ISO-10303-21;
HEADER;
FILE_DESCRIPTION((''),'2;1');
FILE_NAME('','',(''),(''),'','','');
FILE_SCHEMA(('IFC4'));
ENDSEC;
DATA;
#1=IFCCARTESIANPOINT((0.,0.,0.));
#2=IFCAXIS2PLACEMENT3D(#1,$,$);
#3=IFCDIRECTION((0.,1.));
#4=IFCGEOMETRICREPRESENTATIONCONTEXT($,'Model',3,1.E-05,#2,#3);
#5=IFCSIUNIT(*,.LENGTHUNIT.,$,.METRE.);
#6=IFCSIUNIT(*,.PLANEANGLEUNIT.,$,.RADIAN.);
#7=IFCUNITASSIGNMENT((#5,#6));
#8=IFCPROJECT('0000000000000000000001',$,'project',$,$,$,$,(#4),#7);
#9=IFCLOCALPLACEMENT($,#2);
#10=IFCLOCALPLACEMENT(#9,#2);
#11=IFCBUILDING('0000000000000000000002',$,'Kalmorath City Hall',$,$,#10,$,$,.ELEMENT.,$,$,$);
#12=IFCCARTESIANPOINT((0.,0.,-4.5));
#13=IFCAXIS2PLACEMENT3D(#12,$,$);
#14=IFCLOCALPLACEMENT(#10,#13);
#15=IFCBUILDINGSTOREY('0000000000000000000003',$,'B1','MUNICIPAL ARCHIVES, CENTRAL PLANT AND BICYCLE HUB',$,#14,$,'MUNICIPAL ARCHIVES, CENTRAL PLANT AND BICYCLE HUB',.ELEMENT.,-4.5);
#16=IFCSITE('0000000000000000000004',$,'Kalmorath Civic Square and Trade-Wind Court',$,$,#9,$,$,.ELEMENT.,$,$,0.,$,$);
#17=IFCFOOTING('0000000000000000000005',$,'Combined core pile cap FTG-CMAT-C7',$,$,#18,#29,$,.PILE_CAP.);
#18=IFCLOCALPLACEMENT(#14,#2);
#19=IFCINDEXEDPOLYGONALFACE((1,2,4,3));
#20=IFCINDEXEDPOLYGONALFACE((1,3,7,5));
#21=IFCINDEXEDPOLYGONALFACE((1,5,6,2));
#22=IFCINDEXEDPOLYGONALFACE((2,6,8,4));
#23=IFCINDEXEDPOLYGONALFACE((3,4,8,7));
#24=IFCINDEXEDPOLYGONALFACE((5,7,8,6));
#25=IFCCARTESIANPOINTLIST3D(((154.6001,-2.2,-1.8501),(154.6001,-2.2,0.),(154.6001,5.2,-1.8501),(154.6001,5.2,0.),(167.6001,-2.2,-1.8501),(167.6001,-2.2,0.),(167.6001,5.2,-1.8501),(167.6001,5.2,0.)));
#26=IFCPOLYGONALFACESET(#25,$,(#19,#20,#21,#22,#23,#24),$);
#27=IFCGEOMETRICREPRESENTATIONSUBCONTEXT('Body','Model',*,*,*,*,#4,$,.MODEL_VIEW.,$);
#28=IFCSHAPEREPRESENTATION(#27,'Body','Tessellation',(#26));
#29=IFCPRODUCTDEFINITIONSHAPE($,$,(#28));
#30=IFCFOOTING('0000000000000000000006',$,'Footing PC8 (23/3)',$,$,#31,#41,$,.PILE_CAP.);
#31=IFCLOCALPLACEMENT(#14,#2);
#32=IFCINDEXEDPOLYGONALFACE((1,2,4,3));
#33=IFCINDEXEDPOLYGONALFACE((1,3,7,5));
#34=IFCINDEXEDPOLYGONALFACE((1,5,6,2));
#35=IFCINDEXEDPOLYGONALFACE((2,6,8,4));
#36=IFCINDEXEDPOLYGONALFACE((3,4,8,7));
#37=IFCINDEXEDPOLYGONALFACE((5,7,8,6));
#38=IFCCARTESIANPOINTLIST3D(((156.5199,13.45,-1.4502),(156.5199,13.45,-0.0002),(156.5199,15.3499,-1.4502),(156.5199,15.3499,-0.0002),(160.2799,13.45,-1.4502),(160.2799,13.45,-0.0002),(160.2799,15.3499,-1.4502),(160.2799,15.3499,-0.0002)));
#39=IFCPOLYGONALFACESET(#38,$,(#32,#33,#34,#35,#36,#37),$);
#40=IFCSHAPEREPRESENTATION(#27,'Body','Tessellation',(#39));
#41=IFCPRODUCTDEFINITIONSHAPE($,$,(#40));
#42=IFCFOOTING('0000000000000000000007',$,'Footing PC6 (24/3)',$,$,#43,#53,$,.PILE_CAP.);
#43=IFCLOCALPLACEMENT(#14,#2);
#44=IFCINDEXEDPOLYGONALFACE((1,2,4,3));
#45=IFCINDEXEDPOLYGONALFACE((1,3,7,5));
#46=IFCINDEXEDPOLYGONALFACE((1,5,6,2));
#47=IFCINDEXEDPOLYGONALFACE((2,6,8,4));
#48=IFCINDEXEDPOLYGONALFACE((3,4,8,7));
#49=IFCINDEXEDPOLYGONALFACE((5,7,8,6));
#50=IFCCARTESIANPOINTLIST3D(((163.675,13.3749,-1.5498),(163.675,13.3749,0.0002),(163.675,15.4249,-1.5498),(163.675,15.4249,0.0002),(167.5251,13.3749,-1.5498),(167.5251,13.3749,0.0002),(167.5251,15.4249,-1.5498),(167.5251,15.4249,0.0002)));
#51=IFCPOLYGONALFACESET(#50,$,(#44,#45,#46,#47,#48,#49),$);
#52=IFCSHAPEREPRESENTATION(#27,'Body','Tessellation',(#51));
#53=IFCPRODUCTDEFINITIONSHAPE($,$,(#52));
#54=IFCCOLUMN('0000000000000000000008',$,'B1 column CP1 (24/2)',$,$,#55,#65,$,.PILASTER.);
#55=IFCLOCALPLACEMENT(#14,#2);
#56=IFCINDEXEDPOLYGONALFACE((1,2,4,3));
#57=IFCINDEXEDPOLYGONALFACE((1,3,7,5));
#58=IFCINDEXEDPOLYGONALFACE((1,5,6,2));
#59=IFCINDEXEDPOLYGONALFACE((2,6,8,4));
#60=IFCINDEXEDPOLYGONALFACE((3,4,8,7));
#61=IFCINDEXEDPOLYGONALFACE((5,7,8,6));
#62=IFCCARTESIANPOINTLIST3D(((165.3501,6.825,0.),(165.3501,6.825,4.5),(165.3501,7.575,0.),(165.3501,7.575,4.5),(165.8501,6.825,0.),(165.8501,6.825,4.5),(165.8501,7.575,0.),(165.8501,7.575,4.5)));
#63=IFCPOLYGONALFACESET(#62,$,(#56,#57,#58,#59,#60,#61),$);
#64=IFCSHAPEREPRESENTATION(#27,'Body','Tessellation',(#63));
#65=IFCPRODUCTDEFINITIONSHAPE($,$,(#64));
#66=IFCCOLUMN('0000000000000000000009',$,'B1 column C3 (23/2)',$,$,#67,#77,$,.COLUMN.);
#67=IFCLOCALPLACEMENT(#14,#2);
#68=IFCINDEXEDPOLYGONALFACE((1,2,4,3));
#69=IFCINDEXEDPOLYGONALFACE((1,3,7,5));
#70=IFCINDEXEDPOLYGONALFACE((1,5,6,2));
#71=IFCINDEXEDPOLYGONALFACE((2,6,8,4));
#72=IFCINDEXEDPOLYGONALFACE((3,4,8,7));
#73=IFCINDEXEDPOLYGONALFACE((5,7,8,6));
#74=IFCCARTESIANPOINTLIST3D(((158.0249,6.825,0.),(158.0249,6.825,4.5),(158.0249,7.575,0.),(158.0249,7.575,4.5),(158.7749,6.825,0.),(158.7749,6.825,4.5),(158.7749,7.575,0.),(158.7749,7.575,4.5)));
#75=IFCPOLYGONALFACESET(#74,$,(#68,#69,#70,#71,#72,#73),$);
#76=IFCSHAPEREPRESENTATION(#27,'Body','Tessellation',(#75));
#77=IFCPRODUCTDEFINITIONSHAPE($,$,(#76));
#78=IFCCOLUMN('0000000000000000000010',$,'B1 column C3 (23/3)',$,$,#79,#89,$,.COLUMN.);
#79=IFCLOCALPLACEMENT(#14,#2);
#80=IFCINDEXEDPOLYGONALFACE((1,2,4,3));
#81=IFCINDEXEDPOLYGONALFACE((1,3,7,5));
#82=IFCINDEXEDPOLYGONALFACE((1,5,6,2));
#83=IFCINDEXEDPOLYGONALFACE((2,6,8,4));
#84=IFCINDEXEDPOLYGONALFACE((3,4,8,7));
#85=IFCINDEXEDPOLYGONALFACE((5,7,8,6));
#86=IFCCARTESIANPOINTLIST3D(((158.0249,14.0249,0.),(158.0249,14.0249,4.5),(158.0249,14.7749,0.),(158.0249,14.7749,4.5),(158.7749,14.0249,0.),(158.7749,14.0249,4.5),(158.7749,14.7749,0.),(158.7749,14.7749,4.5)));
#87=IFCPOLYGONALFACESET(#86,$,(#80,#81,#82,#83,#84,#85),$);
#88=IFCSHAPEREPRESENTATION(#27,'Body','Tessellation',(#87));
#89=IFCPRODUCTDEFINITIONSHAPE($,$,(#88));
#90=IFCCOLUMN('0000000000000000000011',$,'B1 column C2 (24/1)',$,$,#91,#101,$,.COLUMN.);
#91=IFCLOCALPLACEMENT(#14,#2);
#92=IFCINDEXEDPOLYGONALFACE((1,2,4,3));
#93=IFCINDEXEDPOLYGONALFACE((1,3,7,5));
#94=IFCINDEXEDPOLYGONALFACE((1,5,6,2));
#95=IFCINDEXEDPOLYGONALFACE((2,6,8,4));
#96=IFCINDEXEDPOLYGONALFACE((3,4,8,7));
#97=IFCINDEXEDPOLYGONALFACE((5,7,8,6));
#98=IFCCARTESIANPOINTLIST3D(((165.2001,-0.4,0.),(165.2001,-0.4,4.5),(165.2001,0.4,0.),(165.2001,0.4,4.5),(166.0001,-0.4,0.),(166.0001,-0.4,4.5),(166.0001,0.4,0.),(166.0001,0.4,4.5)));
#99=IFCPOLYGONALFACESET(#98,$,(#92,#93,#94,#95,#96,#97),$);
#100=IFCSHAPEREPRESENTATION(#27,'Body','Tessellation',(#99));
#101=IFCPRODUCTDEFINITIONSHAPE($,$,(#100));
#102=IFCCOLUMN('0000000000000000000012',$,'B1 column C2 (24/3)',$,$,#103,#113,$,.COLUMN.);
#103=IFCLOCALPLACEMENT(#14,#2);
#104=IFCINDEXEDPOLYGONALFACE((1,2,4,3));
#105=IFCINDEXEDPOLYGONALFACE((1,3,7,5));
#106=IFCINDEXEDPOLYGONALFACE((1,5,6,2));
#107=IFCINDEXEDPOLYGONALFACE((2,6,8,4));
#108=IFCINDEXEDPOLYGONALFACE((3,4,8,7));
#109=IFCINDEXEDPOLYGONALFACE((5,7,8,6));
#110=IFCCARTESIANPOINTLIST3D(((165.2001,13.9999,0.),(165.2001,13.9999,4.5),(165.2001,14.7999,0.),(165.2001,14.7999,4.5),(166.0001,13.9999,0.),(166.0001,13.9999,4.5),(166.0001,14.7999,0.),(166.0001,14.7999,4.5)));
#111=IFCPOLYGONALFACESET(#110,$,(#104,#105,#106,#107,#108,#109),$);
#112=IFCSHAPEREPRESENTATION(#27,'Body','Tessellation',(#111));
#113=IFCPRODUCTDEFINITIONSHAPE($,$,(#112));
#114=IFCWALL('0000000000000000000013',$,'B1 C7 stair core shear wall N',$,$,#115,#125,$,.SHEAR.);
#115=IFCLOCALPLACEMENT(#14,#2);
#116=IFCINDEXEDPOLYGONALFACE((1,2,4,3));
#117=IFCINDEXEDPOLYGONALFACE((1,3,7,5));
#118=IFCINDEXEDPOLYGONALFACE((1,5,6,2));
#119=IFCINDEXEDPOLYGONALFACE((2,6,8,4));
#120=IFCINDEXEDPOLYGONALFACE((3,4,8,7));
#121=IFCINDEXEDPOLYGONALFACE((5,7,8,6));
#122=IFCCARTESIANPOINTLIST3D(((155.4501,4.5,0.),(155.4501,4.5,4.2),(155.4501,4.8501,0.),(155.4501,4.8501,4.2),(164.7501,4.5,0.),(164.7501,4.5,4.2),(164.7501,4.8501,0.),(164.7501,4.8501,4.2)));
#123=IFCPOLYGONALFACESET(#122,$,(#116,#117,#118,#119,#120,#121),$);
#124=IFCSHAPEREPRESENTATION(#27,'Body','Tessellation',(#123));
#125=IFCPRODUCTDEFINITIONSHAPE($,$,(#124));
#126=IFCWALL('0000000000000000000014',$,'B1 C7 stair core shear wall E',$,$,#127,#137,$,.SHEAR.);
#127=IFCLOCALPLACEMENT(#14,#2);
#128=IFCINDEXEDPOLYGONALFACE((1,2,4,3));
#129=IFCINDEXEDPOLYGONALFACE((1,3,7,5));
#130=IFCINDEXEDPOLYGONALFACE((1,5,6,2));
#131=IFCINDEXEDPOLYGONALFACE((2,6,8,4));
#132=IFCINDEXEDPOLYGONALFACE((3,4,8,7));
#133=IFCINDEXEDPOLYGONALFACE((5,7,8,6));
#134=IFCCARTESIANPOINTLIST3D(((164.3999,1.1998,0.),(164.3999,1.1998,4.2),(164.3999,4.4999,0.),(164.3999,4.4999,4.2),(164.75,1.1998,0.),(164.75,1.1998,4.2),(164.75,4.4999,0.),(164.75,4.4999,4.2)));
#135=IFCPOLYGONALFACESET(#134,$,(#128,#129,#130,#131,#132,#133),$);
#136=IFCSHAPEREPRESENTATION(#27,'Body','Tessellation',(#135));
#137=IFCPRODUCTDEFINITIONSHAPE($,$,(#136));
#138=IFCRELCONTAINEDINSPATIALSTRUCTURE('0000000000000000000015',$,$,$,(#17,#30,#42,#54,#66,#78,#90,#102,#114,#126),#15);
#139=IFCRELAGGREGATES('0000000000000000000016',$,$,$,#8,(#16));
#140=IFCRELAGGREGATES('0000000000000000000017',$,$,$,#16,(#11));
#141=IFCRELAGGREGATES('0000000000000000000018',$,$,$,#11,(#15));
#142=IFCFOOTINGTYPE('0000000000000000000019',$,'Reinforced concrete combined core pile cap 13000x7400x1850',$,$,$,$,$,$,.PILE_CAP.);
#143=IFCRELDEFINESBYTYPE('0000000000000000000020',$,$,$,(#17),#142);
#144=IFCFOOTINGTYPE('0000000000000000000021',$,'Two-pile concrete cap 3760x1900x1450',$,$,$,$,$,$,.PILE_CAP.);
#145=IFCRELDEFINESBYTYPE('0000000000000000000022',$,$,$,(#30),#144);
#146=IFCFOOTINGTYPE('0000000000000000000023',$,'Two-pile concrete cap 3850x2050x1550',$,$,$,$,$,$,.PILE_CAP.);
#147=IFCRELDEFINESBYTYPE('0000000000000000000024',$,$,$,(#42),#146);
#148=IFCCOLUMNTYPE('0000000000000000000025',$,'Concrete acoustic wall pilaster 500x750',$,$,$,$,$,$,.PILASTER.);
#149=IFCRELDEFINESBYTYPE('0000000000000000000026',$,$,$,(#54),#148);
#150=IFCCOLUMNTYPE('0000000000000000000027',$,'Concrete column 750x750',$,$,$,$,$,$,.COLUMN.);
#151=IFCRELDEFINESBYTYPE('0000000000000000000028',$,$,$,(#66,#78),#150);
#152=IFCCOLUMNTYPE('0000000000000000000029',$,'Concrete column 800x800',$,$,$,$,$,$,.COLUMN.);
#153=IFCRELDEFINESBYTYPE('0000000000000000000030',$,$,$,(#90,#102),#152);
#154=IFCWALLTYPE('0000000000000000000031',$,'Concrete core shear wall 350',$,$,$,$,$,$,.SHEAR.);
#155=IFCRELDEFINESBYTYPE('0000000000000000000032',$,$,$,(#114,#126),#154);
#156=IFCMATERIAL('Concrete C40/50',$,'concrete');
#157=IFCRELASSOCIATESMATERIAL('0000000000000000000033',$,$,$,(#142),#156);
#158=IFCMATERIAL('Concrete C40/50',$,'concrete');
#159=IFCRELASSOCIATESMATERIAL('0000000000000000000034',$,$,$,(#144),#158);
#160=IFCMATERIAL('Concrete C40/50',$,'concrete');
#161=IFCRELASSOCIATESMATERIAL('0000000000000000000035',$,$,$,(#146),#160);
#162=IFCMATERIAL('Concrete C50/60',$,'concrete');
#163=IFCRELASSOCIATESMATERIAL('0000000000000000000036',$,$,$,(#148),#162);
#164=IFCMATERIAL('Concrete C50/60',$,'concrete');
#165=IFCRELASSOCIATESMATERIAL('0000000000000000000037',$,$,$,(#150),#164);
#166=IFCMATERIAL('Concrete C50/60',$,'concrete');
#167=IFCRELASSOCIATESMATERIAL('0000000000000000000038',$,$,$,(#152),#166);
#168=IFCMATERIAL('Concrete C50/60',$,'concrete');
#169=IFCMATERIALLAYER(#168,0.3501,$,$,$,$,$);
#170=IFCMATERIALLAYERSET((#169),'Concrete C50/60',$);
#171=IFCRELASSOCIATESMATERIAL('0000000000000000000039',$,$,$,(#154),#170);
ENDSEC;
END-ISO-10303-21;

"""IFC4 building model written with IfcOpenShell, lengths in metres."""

from ifc_helpers import new_model, si_unit, direction, frame, frame_2d, origin, origin_2d, place, context, subcontext, project, spatial, rectangle, extrude, material, layer, layer_set, material_profile, profile_set, type_object, element, save


model = new_model("IFC4")

# Units and contexts
model_context = context("Model", 3, precision=1e-05, world=origin(), true_north=direction((0.0, 1.0)))
body_context = subcontext(model_context, "Body", "Model", "MODEL_VIEW")
ifc_project = project(units=[si_unit("LENGTHUNIT", "METRE"), si_unit("PLANEANGLEUNIT", "RADIAN")], contexts=[model_context])

# Site, building, storey
site_placement = place(None, origin())
site = spatial("IfcSite", under=ifc_project, at=site_placement, Name="Kalmorath Civic Square and Trade-Wind Court", CompositionType="ELEMENT", RefElevation=0.0)
building_placement = place(site_placement, origin())
building = spatial("IfcBuilding", under=site, at=building_placement, Name="Kalmorath City Hall", CompositionType="ELEMENT")
storey_placement = place(building_placement, frame((0.0, 0.0, -4.5)))
storey = spatial("IfcBuildingStorey", under=building, at=storey_placement, Name="B1", Description="MUNICIPAL ARCHIVES, CENTRAL PLANT AND BICYCLE HUB", LongName="MUNICIPAL ARCHIVES, CENTRAL PLANT AND BICYCLE HUB", CompositionType="ELEMENT", Elevation=-4.5)

# Footings
ifc_material_1 = material(Name="Concrete C40/50", Category="concrete")
footing_type_1 = type_object("IfcFootingType", Name="Reinforced concrete combined core pile cap 13000x7400x1850", PredefinedType="PILE_CAP", material=ifc_material_1)
footing_1_placement = place(storey_placement, frame((161.1001, 1.5, -1.8501), z_axis=(0.0, 0.0, 1.0), x_axis=(1.0, 0.0, 0.0)))
element("IfcFooting", 1, at=footing_1_placement, inside=storey, type_object=footing_type_1, Name="Combined core pile cap FTG-CMAT-C7", PredefinedType="PILE_CAP", context=body_context, shape_type="SweptSolid", body=[
    extrude(rectangle(XDim=13.0, YDim=7.3999, at=origin_2d()), origin(), (0.0, 0.0, 1.0), 1.8501),
])
ifc_material_2 = material(Name="Concrete C40/50", Category="concrete")
footing_type_2 = type_object("IfcFootingType", Name="Two-pile concrete cap 3760x1900x1450", PredefinedType="PILE_CAP", material=ifc_material_2)
footing_2_placement = place(storey_placement, frame((158.3999, 14.3999, -1.4502), z_axis=(0.0, 0.0, 1.0), x_axis=(1.0, 0.0, 0.0)))
element("IfcFooting", 2, at=footing_2_placement, inside=storey, type_object=footing_type_2, Name="Footing PC8 (23/3)", PredefinedType="PILE_CAP", context=body_context, shape_type="SweptSolid", body=[
    extrude(rectangle(XDim=3.76, YDim=1.8999, at=origin_2d()), origin(), (0.0, 0.0, 1.0), 1.45),
])
ifc_material_3 = material(Name="Concrete C40/50", Category="concrete")
footing_type_3 = type_object("IfcFootingType", Name="Two-pile concrete cap 3850x2050x1550", PredefinedType="PILE_CAP", material=ifc_material_3)
footing_3_placement = place(storey_placement, frame((165.6001, 14.3999, -1.5498), z_axis=(0.0, 0.0, 1.0), x_axis=(1.0, 0.0, 0.0)))
element("IfcFooting", 3, at=footing_3_placement, inside=storey, type_object=footing_type_3, Name="Footing PC6 (24/3)", PredefinedType="PILE_CAP", context=body_context, shape_type="SweptSolid", body=[
    extrude(rectangle(XDim=3.8501, YDim=2.05, at=origin_2d()), origin(), (0.0, 0.0, 1.0), 1.55),
])

# Columns
ifc_material_4 = material(Name="Concrete C50/60", Category="concrete")
ifc_material_profile_1 = material_profile(ifc_material_4, rectangle(XDim=0.5, YDim=0.75, at=origin_2d()), Name="RC-PIL-500X750")
ifc_profile_set_1 = profile_set([ifc_material_profile_1], Name="Concrete C50/60")
column_type_1 = type_object("IfcColumnType", Name="Concrete acoustic wall pilaster 500x750", PredefinedType="PILASTER", material=ifc_profile_set_1)
column_placement = place(storey_placement, frame((165.6001, 7.2, 0.0), z_axis=(0.0, 0.0, 1.0), x_axis=(1.0, 0.0, 0.0)))
element("IfcColumn", 4, at=column_placement, inside=storey, type_object=column_type_1, Name="B1 column CP1 (24/2)", PredefinedType="PILASTER", context=body_context, shape_type="SweptSolid", body=[
    extrude(rectangle(XDim=0.5, YDim=0.75, at=origin_2d()), origin(), (0.0, 0.0, 1.0), 4.5),
])
ifc_material_5 = material(Name="Concrete C50/60", Category="concrete")
ifc_material_profile_2 = material_profile(ifc_material_5, rectangle(XDim=0.75, YDim=0.75, at=origin_2d()), Name="RC-COL-750X750")
ifc_profile_set_2 = profile_set([ifc_material_profile_2], Name="Concrete C50/60")
column_type_2 = type_object("IfcColumnType", Name="Concrete column 750x750", PredefinedType="COLUMN", material=ifc_profile_set_2)
for number, where, z_axis, x_axis, name in (
    (5, (158.3999, 7.2, 0.0), (0.0, 0.0, 1.0), (1.0, 0.0, 0.0), "B1 column C3 (23/2)"),
    (6, (158.3999, 14.3999, 0.0), (0.0, 0.0, 1.0), (1.0, 0.0, 0.0), "B1 column C3 (23/3)"),
):
    element("IfcColumn", number, at=place(storey_placement, frame(where, z_axis=z_axis, x_axis=x_axis)), inside=storey, type_object=column_type_2, Name=name, PredefinedType="COLUMN", context=body_context, shape_type="SweptSolid", body=[
        extrude(rectangle(XDim=0.75, YDim=0.75, at=origin_2d()), origin(), (0.0, 0.0, 1.0), 4.5),
    ])
ifc_material_6 = material(Name="Concrete C50/60", Category="concrete")
ifc_material_profile_3 = material_profile(ifc_material_6, rectangle(XDim=0.8, YDim=0.8, at=origin_2d()), Name="RC-COL-800X800")
ifc_profile_set_3 = profile_set([ifc_material_profile_3], Name="Concrete C50/60")
column_type_3 = type_object("IfcColumnType", Name="Concrete column 800x800", PredefinedType="COLUMN", material=ifc_profile_set_3)
for number, where, z_axis, x_axis, name in (
    (7, (165.6001, 0.0, 0.0), (0.0, 0.0, 1.0), (1.0, 0.0, 0.0), "B1 column C2 (24/1)"),
    (8, (165.6001, 14.3999, 0.0), (0.0, 0.0, 1.0), (1.0, 0.0, 0.0), "B1 column C2 (24/3)"),
):
    element("IfcColumn", number, at=place(storey_placement, frame(where, z_axis=z_axis, x_axis=x_axis)), inside=storey, type_object=column_type_3, Name=name, PredefinedType="COLUMN", context=body_context, shape_type="SweptSolid", body=[
        extrude(rectangle(XDim=0.8, YDim=0.8, at=origin_2d()), origin(), (0.0, 0.0, 1.0), 4.5),
    ])

# Walls
ifc_material_7 = material(Name="Concrete C50/60", Category="concrete")
ifc_layer = layer(ifc_material_7, 0.3501)
ifc_layer_set = layer_set([ifc_layer], Name="Concrete C50/60")
wall_type = type_object("IfcWallType", Name="Concrete core shear wall 350", PredefinedType="SHEAR", material=ifc_layer_set)
wall_1_placement = place(storey_placement, frame((164.75, 4.675, 0.0), z_axis=(0.0, 0.0, 1.0), x_axis=(-1.0, 0.0, 0.0)))
element("IfcWall", 9, at=wall_1_placement, inside=storey, type_object=wall_type, Name="B1 C7 stair core shear wall N", PredefinedType="SHEAR", context=body_context, shape_type="SweptSolid", body=[
    extrude(rectangle(XDim=9.3, YDim=0.3501, at=frame_2d((4.6499, 0.0))), origin(), (0.0, 0.0, 1.0), 4.2),
])
wall_2_placement = place(storey_placement, frame((164.575, 1.2, 0.0), z_axis=(0.0, 0.0, 1.0), x_axis=(0.0, 1.0, 0.0)))
element("IfcWall", 10, at=wall_2_placement, inside=storey, type_object=wall_type, Name="B1 C7 stair core shear wall E", PredefinedType="SHEAR", context=body_context, shape_type="SweptSolid", body=[
    extrude(rectangle(XDim=3.3, YDim=0.3501, at=frame_2d((1.6499, 0.0))), origin(), (0.0, 0.0, 1.0), 4.2),
])

save(model, "model.ifc")
